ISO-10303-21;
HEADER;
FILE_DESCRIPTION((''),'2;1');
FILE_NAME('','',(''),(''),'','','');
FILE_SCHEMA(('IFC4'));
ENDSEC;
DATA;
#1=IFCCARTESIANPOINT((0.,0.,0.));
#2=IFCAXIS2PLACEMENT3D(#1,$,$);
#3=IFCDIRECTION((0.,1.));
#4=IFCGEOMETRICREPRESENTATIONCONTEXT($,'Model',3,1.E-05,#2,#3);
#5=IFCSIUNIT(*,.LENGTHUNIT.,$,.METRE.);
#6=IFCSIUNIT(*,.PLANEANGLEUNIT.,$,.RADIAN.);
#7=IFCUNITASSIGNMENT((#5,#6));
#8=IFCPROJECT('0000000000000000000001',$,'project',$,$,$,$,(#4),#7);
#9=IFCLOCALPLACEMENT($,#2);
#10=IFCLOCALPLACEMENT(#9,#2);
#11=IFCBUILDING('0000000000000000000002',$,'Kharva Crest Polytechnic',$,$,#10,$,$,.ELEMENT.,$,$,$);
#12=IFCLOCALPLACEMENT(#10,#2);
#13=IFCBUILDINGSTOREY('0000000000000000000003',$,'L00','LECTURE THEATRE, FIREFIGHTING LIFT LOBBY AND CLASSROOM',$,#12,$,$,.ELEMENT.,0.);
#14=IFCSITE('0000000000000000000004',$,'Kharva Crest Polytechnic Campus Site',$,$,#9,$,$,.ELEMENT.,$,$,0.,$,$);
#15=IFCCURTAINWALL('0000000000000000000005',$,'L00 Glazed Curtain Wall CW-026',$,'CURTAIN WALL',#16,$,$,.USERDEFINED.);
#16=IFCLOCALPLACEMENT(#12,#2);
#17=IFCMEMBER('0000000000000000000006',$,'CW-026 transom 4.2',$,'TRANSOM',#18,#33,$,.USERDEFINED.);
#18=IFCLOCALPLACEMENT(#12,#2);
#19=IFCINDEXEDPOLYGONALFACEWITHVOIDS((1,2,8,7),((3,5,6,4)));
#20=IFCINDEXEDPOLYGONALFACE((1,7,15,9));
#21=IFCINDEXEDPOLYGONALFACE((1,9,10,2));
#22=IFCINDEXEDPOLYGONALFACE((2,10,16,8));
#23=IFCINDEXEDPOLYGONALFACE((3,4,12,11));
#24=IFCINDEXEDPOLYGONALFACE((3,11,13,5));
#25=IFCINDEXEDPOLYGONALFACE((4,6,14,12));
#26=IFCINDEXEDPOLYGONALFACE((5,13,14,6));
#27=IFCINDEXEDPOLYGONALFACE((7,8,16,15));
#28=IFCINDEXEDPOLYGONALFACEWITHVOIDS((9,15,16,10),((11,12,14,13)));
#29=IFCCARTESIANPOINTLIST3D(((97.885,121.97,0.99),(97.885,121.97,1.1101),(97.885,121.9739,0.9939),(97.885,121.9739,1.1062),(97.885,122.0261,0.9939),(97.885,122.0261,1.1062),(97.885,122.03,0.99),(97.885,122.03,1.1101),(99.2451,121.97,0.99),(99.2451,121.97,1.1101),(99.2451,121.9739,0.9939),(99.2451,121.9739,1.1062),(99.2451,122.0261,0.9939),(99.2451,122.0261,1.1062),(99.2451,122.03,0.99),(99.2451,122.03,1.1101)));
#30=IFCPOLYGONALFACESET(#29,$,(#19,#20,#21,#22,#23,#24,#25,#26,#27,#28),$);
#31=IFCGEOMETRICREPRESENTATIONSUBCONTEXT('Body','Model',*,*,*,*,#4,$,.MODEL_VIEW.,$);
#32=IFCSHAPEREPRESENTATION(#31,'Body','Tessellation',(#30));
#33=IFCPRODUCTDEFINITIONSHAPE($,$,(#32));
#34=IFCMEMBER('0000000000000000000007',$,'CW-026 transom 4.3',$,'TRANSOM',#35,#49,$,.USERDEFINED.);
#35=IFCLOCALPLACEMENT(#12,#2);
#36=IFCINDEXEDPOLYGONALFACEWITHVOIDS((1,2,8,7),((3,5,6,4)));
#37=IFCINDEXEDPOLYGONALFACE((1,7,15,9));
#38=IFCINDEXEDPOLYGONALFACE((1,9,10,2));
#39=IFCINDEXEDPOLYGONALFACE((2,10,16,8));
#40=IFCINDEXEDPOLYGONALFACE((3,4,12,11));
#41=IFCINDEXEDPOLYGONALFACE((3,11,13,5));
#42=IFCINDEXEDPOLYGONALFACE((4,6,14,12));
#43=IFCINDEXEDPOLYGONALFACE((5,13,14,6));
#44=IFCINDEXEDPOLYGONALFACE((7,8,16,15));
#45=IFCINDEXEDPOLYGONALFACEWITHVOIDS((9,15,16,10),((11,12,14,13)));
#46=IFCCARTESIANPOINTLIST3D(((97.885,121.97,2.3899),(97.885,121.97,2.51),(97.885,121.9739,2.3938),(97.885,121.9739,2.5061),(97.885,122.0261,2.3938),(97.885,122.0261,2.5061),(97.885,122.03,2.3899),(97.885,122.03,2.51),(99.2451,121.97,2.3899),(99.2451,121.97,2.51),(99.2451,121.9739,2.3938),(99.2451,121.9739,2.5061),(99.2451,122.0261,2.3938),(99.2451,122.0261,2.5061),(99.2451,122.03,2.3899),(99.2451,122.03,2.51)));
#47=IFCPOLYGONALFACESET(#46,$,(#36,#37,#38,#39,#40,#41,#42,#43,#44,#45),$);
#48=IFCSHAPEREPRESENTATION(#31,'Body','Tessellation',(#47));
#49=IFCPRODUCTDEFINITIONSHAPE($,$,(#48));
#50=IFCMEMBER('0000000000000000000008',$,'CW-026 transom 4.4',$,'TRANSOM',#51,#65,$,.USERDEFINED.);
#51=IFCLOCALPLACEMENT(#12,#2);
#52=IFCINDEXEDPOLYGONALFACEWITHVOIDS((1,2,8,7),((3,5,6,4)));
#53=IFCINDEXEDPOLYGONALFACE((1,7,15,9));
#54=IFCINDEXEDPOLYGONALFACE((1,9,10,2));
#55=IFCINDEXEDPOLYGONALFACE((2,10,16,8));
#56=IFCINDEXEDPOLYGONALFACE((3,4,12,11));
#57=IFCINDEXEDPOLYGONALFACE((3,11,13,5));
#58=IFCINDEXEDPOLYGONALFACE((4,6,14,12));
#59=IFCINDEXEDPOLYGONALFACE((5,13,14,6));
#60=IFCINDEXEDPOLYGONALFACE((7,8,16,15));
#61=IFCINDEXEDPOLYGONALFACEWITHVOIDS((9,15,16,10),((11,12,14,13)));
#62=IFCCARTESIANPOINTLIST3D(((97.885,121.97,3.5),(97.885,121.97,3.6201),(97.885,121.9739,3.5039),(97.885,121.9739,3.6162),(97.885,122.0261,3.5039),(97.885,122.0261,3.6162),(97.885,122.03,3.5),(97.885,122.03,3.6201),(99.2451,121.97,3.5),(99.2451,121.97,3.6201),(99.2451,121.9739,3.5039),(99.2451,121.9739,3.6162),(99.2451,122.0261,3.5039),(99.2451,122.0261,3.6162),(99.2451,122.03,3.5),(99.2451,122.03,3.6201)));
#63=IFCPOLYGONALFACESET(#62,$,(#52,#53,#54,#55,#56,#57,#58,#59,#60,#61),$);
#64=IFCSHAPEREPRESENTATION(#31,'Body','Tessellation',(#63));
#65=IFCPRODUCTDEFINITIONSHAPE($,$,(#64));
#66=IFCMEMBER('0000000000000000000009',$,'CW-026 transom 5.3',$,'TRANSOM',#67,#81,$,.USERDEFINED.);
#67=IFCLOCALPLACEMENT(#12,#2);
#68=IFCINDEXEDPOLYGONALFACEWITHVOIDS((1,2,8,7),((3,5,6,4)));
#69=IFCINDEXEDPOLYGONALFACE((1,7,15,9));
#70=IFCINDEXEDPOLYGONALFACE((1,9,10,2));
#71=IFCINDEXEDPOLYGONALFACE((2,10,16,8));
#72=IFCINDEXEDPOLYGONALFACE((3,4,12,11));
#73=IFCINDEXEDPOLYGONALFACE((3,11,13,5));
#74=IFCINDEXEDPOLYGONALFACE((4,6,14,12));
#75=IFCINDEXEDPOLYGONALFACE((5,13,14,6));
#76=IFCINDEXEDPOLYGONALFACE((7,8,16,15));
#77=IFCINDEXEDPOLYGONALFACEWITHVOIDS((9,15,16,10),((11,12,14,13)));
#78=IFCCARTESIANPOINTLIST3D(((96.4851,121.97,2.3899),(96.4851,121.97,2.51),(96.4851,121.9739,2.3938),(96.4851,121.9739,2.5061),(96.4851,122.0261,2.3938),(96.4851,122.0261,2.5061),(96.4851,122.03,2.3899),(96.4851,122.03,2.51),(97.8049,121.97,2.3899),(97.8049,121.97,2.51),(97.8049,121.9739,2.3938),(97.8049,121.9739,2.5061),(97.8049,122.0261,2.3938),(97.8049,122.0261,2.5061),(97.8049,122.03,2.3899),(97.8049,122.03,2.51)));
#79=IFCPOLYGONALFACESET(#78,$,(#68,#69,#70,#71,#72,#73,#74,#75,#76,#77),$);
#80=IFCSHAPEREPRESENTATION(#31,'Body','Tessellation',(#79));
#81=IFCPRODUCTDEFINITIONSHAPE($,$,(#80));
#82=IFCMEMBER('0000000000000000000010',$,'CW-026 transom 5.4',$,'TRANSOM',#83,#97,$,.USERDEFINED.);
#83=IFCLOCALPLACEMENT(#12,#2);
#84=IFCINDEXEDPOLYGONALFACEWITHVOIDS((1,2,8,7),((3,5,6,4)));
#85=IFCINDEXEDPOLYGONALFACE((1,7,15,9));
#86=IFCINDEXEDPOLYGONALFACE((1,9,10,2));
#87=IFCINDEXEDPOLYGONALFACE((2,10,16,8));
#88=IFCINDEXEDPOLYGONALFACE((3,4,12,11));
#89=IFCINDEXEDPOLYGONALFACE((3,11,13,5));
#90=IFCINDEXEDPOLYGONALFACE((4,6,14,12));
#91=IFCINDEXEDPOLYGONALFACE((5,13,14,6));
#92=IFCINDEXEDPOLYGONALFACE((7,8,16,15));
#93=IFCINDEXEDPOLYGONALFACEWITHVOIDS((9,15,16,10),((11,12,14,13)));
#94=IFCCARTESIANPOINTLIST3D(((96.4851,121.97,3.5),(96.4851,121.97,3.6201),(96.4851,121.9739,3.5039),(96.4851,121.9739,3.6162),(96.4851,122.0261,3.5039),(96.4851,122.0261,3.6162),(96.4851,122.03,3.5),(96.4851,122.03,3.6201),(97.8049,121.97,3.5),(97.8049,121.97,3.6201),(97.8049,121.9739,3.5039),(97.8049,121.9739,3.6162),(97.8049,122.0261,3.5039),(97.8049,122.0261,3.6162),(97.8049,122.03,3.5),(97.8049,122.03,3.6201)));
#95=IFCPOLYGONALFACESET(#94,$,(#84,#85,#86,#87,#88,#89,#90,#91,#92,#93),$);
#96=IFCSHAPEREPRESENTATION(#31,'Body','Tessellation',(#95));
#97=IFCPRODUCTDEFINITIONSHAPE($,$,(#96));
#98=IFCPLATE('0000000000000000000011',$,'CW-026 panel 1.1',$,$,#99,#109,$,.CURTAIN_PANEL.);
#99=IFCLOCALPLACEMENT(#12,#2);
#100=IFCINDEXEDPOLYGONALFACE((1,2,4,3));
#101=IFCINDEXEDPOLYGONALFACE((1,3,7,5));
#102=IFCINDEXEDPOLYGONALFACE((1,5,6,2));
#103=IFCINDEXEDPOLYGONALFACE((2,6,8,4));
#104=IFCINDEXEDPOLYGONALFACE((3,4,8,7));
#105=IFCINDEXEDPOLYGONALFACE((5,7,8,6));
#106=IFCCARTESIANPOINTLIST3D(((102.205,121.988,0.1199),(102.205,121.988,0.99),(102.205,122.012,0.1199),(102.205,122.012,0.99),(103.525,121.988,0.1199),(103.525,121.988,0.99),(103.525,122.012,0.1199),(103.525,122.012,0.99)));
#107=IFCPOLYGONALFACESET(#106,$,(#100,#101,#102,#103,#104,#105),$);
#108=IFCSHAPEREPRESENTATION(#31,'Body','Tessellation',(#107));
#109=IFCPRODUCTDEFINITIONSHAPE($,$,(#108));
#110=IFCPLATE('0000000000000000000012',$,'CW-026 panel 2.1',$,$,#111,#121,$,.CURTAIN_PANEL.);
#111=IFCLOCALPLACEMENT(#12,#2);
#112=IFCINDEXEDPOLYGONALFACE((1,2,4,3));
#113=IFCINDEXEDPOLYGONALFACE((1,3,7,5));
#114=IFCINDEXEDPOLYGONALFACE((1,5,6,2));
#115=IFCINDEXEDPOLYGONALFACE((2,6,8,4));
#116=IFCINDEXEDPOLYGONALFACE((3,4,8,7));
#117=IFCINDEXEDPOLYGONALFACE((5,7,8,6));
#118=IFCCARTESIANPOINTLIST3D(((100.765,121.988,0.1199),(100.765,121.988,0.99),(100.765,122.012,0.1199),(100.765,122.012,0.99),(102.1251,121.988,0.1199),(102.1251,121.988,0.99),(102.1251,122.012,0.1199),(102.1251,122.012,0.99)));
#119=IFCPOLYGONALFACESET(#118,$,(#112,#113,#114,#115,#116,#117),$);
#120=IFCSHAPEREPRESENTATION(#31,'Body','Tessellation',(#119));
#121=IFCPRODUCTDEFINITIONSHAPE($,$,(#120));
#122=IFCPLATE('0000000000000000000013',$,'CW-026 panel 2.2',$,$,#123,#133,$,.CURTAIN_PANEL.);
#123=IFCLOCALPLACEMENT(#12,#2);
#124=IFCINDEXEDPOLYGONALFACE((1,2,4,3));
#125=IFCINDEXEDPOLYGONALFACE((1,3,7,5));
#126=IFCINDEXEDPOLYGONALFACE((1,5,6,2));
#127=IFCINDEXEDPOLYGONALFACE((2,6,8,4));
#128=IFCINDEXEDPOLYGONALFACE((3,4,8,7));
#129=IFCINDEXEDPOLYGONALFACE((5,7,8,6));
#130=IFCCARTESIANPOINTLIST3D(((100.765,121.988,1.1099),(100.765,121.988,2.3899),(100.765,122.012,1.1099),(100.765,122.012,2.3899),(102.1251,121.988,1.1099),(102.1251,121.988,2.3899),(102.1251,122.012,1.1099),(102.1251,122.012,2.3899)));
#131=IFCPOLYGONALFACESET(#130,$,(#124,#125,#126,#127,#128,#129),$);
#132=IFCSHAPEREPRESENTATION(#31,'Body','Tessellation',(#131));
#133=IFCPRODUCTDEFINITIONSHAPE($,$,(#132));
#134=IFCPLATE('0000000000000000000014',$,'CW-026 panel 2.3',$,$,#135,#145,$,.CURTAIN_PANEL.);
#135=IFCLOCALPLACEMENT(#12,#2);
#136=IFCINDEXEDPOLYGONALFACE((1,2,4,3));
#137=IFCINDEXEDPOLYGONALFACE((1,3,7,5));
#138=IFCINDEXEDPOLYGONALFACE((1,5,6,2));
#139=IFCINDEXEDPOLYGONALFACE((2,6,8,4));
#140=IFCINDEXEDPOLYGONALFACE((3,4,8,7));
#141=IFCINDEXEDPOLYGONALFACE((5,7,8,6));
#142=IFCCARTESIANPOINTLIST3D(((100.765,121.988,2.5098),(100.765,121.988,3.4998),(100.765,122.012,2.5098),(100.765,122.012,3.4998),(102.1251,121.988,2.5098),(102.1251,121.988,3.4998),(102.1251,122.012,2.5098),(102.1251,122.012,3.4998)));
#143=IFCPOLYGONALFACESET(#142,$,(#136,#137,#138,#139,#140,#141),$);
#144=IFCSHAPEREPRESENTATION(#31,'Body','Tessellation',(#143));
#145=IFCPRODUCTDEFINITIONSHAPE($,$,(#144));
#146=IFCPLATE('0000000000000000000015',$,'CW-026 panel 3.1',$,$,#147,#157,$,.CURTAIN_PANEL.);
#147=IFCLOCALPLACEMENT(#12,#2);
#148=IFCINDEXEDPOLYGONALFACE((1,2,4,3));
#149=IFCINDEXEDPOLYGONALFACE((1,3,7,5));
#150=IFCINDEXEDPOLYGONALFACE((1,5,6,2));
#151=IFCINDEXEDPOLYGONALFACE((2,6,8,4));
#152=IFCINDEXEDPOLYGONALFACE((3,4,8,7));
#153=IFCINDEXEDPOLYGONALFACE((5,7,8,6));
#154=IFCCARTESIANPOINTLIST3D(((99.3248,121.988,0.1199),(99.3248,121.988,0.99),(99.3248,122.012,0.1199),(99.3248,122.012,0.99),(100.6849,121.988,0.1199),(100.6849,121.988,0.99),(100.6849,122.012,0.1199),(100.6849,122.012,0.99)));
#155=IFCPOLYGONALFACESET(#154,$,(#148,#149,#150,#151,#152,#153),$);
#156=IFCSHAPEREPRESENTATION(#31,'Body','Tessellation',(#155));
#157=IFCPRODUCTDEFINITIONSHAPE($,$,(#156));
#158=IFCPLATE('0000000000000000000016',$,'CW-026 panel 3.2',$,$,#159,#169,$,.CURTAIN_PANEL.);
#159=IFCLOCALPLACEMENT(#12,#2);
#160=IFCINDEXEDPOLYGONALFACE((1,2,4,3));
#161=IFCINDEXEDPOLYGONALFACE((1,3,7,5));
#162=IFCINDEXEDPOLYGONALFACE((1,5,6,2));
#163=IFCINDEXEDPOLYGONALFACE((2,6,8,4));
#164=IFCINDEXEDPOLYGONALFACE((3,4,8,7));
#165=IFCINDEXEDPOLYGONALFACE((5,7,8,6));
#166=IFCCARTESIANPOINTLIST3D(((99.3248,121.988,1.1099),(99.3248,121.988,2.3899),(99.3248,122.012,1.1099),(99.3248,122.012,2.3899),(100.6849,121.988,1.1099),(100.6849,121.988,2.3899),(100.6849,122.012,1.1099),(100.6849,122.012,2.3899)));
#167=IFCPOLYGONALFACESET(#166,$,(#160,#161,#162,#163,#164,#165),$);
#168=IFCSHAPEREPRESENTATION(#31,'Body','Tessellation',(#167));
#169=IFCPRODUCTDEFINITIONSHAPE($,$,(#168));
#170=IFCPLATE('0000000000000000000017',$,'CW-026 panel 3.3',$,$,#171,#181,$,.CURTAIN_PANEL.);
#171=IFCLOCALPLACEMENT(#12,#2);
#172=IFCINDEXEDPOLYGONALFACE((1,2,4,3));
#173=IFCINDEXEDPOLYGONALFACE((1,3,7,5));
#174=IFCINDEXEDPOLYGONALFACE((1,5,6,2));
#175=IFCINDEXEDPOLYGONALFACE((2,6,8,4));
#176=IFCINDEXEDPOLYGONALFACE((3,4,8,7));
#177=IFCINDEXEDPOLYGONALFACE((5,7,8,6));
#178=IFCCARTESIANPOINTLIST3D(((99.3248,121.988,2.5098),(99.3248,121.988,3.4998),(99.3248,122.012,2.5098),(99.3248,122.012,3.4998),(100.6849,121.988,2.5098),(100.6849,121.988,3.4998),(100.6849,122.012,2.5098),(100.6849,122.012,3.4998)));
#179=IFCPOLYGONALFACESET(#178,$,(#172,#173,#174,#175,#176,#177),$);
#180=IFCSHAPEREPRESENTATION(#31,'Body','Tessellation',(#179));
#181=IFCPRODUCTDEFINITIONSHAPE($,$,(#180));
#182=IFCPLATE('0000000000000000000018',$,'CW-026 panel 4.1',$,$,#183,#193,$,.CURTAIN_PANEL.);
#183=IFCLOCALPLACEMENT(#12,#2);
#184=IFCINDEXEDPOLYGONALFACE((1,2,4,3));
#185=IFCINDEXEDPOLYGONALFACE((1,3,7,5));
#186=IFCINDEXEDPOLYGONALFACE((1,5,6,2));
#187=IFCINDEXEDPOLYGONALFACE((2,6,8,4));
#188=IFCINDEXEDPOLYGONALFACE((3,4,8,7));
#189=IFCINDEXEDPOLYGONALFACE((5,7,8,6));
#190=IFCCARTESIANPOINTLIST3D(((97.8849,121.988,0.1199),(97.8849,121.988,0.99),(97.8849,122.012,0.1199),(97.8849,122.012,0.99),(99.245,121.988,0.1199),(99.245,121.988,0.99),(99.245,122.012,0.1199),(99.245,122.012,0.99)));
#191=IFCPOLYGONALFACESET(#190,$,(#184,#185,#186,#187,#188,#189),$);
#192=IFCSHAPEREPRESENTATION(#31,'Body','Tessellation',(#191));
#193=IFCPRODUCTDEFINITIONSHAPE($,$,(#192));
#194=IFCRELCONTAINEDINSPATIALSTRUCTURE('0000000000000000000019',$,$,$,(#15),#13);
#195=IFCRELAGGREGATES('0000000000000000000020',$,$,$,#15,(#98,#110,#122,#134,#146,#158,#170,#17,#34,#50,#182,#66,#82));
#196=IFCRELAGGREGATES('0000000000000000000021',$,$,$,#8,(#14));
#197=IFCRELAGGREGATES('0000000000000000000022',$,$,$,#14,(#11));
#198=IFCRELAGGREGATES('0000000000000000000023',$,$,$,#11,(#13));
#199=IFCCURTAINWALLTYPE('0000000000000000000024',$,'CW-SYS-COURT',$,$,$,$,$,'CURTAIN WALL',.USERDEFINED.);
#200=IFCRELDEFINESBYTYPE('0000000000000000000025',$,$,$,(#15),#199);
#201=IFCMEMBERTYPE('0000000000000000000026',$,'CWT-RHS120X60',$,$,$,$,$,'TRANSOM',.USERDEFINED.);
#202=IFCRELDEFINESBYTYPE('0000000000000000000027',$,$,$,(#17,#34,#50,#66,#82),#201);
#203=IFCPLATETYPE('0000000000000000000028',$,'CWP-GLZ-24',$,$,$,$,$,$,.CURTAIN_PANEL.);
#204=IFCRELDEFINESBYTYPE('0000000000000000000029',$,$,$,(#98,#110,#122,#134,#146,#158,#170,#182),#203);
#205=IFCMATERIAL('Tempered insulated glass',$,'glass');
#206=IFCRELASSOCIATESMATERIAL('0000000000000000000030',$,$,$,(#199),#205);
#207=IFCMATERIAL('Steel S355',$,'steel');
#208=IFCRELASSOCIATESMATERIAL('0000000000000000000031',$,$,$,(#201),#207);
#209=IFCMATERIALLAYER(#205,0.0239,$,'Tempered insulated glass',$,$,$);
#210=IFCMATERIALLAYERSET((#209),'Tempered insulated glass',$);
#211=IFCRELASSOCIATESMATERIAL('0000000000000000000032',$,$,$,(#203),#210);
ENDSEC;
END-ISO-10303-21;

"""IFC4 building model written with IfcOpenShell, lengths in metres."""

from ifc_helpers import new_model, si_unit, direction, frame, origin, origin_2d, place, context, subcontext, project, spatial, rectangle, hollow_rectangle, extrude, material, layer, layer_set, material_profile, profile_set, type_object, element, aggregate, save


model = new_model("IFC4")

# Units and contexts
model_context = context("Model", 3, precision=1e-05, world=origin(), true_north=direction((0.0, 1.0)))
body_context = subcontext(model_context, "Body", "Model", "MODEL_VIEW")
ifc_project = project(units=[si_unit("LENGTHUNIT", "METRE"), si_unit("PLANEANGLEUNIT", "RADIAN")], contexts=[model_context])

# Site, building, storey
site_placement = place(None, origin())
site = spatial("IfcSite", under=ifc_project, at=site_placement, Name="Kharva Crest Polytechnic Campus Site", CompositionType="ELEMENT", RefElevation=0.0)
building_placement = place(site_placement, origin())
building = spatial("IfcBuilding", under=site, at=building_placement, Name="Kharva Crest Polytechnic", CompositionType="ELEMENT")
storey_placement = place(building_placement, origin())
storey = spatial("IfcBuildingStorey", under=building, at=storey_placement, Name="L00", Description="LECTURE THEATRE, FIREFIGHTING LIFT LOBBY AND CLASSROOM", CompositionType="ELEMENT", Elevation=0.0)

# Curtain wall, members, plates
ifc_material_1 = material(Name="Tempered insulated glass", Category="glass")
curtain_wall_type = type_object("IfcCurtainWallType", Name="CW-SYS-COURT", ElementType="CURTAIN WALL", PredefinedType="USERDEFINED", material=ifc_material_1)
curtain_wall_placement = place(storey_placement, origin())
curtain_wall = element("IfcCurtainWall", 1, at=curtain_wall_placement, inside=storey, type_object=curtain_wall_type, Name="L00 Glazed Curtain Wall CW-026", ObjectType="CURTAIN WALL", PredefinedType="USERDEFINED")
ifc_material_2 = material(Name="Steel S355", Category="steel")
ifc_material_profile_1 = material_profile(ifc_material_2, hollow_rectangle(XDim=0.0601, YDim=0.1201, WallThickness=0.0039, at=origin_2d()), Name="RHS 120X60X4.0")
ifc_profile_set_1 = profile_set([ifc_material_profile_1], Name="Steel S355")
member_type_1 = type_object("IfcMemberType", Name="CWT-RHS120X60", ElementType="TRANSOM", PredefinedType="USERDEFINED", material=ifc_profile_set_1)
member_1_placement = place(storey_placement, frame((99.2451, 122.0, 1.05), z_axis=(-1.0, 0.0, 0.0), x_axis=(0.0, -1.0, 0.0)))
member_1 = element("IfcMember", 2, at=member_1_placement, type_object=member_type_1, Name="CW-026 transom 4.2", ObjectType="TRANSOM", PredefinedType="USERDEFINED", context=body_context, shape_type="SweptSolid", body=[
    extrude(hollow_rectangle(XDim=0.0601, YDim=0.1201, WallThickness=0.0039, at=origin_2d()), origin(), (0.0, 0.0, 1.0), 1.3601),
])
member_2_placement = place(storey_placement, frame((99.2451, 122.0, 2.45), z_axis=(-1.0, 0.0, 0.0), x_axis=(0.0, -1.0, 0.0)))
member_2 = element("IfcMember", 3, at=member_2_placement, type_object=member_type_1, Name="CW-026 transom 4.3", ObjectType="TRANSOM", PredefinedType="USERDEFINED", context=body_context, shape_type="SweptSolid", body=[
    extrude(hollow_rectangle(XDim=0.0601, YDim=0.1201, WallThickness=0.0039, at=origin_2d()), origin(), (0.0, 0.0, 1.0), 1.3601),
])
member_3_placement = place(storey_placement, frame((99.2451, 122.0, 3.5601), z_axis=(-1.0, 0.0, 0.0), x_axis=(0.0, -1.0, 0.0)))
member_3 = element("IfcMember", 4, at=member_3_placement, type_object=member_type_1, Name="CW-026 transom 4.4", ObjectType="TRANSOM", PredefinedType="USERDEFINED", context=body_context, shape_type="SweptSolid", body=[
    extrude(hollow_rectangle(XDim=0.0601, YDim=0.1201, WallThickness=0.0039, at=origin_2d()), origin(), (0.0, 0.0, 1.0), 1.3601),
])
member_4_placement = place(storey_placement, frame((97.8049, 122.0, 2.45), z_axis=(-1.0, 0.0, 0.0), x_axis=(0.0, -1.0, 0.0)))
member_4 = element("IfcMember", 5, at=member_4_placement, type_object=member_type_1, Name="CW-026 transom 5.3", ObjectType="TRANSOM", PredefinedType="USERDEFINED", context=body_context, shape_type="SweptSolid", body=[
    extrude(hollow_rectangle(XDim=0.0601, YDim=0.1201, WallThickness=0.0039, at=origin_2d()), origin(), (0.0, 0.0, 1.0), 1.3198),
])
member_5_placement = place(storey_placement, frame((97.8049, 122.0, 3.5601), z_axis=(-1.0, 0.0, 0.0), x_axis=(0.0, -1.0, 0.0)))
member_5 = element("IfcMember", 6, at=member_5_placement, type_object=member_type_1, Name="CW-026 transom 5.4", ObjectType="TRANSOM", PredefinedType="USERDEFINED", context=body_context, shape_type="SweptSolid", body=[
    extrude(hollow_rectangle(XDim=0.0601, YDim=0.1201, WallThickness=0.0039, at=origin_2d()), origin(), (0.0, 0.0, 1.0), 1.3198),
])
ifc_layer = layer(ifc_material_1, 0.0239, Name="Tempered insulated glass")
ifc_layer_set = layer_set([ifc_layer], Name="Tempered insulated glass")
plate_type = type_object("IfcPlateType", Name="CWP-GLZ-24", PredefinedType="CURTAIN_PANEL", material=ifc_layer_set)
plate_1_placement = place(storey_placement, frame((102.865, 122.0, 0.1199), z_axis=(0.0, 0.0, 1.0), x_axis=(-1.0, 0.0, 0.0)))
plate_1 = element("IfcPlate", 7, at=plate_1_placement, type_object=plate_type, Name="CW-026 panel 1.1", PredefinedType="CURTAIN_PANEL", context=body_context, shape_type="SweptSolid", body=[
    extrude(rectangle(XDim=1.3201, YDim=0.0239, at=origin_2d()), origin(), (0.0, 0.0, 1.0), 0.8701),
])
plate_2_placement = place(storey_placement, frame((101.4451, 122.0, 0.1199), z_axis=(0.0, 0.0, 1.0), x_axis=(-1.0, 0.0, 0.0)))
plate_2 = element("IfcPlate", 8, at=plate_2_placement, type_object=plate_type, Name="CW-026 panel 2.1", PredefinedType="CURTAIN_PANEL", context=body_context, shape_type="SweptSolid", body=[
    extrude(rectangle(XDim=1.3601, YDim=0.0239, at=origin_2d()), origin(), (0.0, 0.0, 1.0), 0.8701),
])
plate_3_placement = place(storey_placement, frame((101.4451, 122.0, 1.1099), z_axis=(0.0, 0.0, 1.0), x_axis=(-1.0, 0.0, 0.0)))
plate_3 = element("IfcPlate", 9, at=plate_3_placement, type_object=plate_type, Name="CW-026 panel 2.2", PredefinedType="CURTAIN_PANEL", context=body_context, shape_type="SweptSolid", body=[
    extrude(rectangle(XDim=1.3601, YDim=0.0239, at=origin_2d()), origin(), (0.0, 0.0, 1.0), 1.28),
])
plate_4_placement = place(storey_placement, frame((101.4451, 122.0, 2.5098), z_axis=(0.0, 0.0, 1.0), x_axis=(-1.0, 0.0, 0.0)))
plate_4 = element("IfcPlate", 10, at=plate_4_placement, type_object=plate_type, Name="CW-026 panel 2.3", PredefinedType="CURTAIN_PANEL", context=body_context, shape_type="SweptSolid", body=[
    extrude(rectangle(XDim=1.3601, YDim=0.0239, at=origin_2d()), origin(), (0.0, 0.0, 1.0), 0.99),
])
plate_5_placement = place(storey_placement, frame((100.0049, 122.0, 0.1199), z_axis=(0.0, 0.0, 1.0), x_axis=(-1.0, 0.0, 0.0)))
plate_5 = element("IfcPlate", 11, at=plate_5_placement, type_object=plate_type, Name="CW-026 panel 3.1", PredefinedType="CURTAIN_PANEL", context=body_context, shape_type="SweptSolid", body=[
    extrude(rectangle(XDim=1.3601, YDim=0.0239, at=origin_2d()), origin(), (0.0, 0.0, 1.0), 0.8701),
])
plate_6_placement = place(storey_placement, frame((100.0049, 122.0, 1.1099), z_axis=(0.0, 0.0, 1.0), x_axis=(-1.0, 0.0, 0.0)))
plate_6 = element("IfcPlate", 12, at=plate_6_placement, type_object=plate_type, Name="CW-026 panel 3.2", PredefinedType="CURTAIN_PANEL", context=body_context, shape_type="SweptSolid", body=[
    extrude(rectangle(XDim=1.3601, YDim=0.0239, at=origin_2d()), origin(), (0.0, 0.0, 1.0), 1.28),
])
plate_7_placement = place(storey_placement, frame((100.0049, 122.0, 2.5098), z_axis=(0.0, 0.0, 1.0), x_axis=(-1.0, 0.0, 0.0)))
plate_7 = element("IfcPlate", 13, at=plate_7_placement, type_object=plate_type, Name="CW-026 panel 3.3", PredefinedType="CURTAIN_PANEL", context=body_context, shape_type="SweptSolid", body=[
    extrude(rectangle(XDim=1.3601, YDim=0.0239, at=origin_2d()), origin(), (0.0, 0.0, 1.0), 0.99),
])
plate_8_placement = place(storey_placement, frame((98.5649, 122.0, 0.1199), z_axis=(0.0, 0.0, 1.0), x_axis=(-1.0, 0.0, 0.0)))
plate_8 = element("IfcPlate", 14, at=plate_8_placement, type_object=plate_type, Name="CW-026 panel 4.1", PredefinedType="CURTAIN_PANEL", context=body_context, shape_type="SweptSolid", body=[
    extrude(rectangle(XDim=1.3601, YDim=0.0239, at=origin_2d()), origin(), (0.0, 0.0, 1.0), 0.8701),
])
aggregate(curtain_wall, [plate_1, plate_2, plate_3, plate_4, plate_5, plate_6, plate_7, member_1, member_2, member_3, plate_8, member_4, member_5])

save(model, "model.ifc")
